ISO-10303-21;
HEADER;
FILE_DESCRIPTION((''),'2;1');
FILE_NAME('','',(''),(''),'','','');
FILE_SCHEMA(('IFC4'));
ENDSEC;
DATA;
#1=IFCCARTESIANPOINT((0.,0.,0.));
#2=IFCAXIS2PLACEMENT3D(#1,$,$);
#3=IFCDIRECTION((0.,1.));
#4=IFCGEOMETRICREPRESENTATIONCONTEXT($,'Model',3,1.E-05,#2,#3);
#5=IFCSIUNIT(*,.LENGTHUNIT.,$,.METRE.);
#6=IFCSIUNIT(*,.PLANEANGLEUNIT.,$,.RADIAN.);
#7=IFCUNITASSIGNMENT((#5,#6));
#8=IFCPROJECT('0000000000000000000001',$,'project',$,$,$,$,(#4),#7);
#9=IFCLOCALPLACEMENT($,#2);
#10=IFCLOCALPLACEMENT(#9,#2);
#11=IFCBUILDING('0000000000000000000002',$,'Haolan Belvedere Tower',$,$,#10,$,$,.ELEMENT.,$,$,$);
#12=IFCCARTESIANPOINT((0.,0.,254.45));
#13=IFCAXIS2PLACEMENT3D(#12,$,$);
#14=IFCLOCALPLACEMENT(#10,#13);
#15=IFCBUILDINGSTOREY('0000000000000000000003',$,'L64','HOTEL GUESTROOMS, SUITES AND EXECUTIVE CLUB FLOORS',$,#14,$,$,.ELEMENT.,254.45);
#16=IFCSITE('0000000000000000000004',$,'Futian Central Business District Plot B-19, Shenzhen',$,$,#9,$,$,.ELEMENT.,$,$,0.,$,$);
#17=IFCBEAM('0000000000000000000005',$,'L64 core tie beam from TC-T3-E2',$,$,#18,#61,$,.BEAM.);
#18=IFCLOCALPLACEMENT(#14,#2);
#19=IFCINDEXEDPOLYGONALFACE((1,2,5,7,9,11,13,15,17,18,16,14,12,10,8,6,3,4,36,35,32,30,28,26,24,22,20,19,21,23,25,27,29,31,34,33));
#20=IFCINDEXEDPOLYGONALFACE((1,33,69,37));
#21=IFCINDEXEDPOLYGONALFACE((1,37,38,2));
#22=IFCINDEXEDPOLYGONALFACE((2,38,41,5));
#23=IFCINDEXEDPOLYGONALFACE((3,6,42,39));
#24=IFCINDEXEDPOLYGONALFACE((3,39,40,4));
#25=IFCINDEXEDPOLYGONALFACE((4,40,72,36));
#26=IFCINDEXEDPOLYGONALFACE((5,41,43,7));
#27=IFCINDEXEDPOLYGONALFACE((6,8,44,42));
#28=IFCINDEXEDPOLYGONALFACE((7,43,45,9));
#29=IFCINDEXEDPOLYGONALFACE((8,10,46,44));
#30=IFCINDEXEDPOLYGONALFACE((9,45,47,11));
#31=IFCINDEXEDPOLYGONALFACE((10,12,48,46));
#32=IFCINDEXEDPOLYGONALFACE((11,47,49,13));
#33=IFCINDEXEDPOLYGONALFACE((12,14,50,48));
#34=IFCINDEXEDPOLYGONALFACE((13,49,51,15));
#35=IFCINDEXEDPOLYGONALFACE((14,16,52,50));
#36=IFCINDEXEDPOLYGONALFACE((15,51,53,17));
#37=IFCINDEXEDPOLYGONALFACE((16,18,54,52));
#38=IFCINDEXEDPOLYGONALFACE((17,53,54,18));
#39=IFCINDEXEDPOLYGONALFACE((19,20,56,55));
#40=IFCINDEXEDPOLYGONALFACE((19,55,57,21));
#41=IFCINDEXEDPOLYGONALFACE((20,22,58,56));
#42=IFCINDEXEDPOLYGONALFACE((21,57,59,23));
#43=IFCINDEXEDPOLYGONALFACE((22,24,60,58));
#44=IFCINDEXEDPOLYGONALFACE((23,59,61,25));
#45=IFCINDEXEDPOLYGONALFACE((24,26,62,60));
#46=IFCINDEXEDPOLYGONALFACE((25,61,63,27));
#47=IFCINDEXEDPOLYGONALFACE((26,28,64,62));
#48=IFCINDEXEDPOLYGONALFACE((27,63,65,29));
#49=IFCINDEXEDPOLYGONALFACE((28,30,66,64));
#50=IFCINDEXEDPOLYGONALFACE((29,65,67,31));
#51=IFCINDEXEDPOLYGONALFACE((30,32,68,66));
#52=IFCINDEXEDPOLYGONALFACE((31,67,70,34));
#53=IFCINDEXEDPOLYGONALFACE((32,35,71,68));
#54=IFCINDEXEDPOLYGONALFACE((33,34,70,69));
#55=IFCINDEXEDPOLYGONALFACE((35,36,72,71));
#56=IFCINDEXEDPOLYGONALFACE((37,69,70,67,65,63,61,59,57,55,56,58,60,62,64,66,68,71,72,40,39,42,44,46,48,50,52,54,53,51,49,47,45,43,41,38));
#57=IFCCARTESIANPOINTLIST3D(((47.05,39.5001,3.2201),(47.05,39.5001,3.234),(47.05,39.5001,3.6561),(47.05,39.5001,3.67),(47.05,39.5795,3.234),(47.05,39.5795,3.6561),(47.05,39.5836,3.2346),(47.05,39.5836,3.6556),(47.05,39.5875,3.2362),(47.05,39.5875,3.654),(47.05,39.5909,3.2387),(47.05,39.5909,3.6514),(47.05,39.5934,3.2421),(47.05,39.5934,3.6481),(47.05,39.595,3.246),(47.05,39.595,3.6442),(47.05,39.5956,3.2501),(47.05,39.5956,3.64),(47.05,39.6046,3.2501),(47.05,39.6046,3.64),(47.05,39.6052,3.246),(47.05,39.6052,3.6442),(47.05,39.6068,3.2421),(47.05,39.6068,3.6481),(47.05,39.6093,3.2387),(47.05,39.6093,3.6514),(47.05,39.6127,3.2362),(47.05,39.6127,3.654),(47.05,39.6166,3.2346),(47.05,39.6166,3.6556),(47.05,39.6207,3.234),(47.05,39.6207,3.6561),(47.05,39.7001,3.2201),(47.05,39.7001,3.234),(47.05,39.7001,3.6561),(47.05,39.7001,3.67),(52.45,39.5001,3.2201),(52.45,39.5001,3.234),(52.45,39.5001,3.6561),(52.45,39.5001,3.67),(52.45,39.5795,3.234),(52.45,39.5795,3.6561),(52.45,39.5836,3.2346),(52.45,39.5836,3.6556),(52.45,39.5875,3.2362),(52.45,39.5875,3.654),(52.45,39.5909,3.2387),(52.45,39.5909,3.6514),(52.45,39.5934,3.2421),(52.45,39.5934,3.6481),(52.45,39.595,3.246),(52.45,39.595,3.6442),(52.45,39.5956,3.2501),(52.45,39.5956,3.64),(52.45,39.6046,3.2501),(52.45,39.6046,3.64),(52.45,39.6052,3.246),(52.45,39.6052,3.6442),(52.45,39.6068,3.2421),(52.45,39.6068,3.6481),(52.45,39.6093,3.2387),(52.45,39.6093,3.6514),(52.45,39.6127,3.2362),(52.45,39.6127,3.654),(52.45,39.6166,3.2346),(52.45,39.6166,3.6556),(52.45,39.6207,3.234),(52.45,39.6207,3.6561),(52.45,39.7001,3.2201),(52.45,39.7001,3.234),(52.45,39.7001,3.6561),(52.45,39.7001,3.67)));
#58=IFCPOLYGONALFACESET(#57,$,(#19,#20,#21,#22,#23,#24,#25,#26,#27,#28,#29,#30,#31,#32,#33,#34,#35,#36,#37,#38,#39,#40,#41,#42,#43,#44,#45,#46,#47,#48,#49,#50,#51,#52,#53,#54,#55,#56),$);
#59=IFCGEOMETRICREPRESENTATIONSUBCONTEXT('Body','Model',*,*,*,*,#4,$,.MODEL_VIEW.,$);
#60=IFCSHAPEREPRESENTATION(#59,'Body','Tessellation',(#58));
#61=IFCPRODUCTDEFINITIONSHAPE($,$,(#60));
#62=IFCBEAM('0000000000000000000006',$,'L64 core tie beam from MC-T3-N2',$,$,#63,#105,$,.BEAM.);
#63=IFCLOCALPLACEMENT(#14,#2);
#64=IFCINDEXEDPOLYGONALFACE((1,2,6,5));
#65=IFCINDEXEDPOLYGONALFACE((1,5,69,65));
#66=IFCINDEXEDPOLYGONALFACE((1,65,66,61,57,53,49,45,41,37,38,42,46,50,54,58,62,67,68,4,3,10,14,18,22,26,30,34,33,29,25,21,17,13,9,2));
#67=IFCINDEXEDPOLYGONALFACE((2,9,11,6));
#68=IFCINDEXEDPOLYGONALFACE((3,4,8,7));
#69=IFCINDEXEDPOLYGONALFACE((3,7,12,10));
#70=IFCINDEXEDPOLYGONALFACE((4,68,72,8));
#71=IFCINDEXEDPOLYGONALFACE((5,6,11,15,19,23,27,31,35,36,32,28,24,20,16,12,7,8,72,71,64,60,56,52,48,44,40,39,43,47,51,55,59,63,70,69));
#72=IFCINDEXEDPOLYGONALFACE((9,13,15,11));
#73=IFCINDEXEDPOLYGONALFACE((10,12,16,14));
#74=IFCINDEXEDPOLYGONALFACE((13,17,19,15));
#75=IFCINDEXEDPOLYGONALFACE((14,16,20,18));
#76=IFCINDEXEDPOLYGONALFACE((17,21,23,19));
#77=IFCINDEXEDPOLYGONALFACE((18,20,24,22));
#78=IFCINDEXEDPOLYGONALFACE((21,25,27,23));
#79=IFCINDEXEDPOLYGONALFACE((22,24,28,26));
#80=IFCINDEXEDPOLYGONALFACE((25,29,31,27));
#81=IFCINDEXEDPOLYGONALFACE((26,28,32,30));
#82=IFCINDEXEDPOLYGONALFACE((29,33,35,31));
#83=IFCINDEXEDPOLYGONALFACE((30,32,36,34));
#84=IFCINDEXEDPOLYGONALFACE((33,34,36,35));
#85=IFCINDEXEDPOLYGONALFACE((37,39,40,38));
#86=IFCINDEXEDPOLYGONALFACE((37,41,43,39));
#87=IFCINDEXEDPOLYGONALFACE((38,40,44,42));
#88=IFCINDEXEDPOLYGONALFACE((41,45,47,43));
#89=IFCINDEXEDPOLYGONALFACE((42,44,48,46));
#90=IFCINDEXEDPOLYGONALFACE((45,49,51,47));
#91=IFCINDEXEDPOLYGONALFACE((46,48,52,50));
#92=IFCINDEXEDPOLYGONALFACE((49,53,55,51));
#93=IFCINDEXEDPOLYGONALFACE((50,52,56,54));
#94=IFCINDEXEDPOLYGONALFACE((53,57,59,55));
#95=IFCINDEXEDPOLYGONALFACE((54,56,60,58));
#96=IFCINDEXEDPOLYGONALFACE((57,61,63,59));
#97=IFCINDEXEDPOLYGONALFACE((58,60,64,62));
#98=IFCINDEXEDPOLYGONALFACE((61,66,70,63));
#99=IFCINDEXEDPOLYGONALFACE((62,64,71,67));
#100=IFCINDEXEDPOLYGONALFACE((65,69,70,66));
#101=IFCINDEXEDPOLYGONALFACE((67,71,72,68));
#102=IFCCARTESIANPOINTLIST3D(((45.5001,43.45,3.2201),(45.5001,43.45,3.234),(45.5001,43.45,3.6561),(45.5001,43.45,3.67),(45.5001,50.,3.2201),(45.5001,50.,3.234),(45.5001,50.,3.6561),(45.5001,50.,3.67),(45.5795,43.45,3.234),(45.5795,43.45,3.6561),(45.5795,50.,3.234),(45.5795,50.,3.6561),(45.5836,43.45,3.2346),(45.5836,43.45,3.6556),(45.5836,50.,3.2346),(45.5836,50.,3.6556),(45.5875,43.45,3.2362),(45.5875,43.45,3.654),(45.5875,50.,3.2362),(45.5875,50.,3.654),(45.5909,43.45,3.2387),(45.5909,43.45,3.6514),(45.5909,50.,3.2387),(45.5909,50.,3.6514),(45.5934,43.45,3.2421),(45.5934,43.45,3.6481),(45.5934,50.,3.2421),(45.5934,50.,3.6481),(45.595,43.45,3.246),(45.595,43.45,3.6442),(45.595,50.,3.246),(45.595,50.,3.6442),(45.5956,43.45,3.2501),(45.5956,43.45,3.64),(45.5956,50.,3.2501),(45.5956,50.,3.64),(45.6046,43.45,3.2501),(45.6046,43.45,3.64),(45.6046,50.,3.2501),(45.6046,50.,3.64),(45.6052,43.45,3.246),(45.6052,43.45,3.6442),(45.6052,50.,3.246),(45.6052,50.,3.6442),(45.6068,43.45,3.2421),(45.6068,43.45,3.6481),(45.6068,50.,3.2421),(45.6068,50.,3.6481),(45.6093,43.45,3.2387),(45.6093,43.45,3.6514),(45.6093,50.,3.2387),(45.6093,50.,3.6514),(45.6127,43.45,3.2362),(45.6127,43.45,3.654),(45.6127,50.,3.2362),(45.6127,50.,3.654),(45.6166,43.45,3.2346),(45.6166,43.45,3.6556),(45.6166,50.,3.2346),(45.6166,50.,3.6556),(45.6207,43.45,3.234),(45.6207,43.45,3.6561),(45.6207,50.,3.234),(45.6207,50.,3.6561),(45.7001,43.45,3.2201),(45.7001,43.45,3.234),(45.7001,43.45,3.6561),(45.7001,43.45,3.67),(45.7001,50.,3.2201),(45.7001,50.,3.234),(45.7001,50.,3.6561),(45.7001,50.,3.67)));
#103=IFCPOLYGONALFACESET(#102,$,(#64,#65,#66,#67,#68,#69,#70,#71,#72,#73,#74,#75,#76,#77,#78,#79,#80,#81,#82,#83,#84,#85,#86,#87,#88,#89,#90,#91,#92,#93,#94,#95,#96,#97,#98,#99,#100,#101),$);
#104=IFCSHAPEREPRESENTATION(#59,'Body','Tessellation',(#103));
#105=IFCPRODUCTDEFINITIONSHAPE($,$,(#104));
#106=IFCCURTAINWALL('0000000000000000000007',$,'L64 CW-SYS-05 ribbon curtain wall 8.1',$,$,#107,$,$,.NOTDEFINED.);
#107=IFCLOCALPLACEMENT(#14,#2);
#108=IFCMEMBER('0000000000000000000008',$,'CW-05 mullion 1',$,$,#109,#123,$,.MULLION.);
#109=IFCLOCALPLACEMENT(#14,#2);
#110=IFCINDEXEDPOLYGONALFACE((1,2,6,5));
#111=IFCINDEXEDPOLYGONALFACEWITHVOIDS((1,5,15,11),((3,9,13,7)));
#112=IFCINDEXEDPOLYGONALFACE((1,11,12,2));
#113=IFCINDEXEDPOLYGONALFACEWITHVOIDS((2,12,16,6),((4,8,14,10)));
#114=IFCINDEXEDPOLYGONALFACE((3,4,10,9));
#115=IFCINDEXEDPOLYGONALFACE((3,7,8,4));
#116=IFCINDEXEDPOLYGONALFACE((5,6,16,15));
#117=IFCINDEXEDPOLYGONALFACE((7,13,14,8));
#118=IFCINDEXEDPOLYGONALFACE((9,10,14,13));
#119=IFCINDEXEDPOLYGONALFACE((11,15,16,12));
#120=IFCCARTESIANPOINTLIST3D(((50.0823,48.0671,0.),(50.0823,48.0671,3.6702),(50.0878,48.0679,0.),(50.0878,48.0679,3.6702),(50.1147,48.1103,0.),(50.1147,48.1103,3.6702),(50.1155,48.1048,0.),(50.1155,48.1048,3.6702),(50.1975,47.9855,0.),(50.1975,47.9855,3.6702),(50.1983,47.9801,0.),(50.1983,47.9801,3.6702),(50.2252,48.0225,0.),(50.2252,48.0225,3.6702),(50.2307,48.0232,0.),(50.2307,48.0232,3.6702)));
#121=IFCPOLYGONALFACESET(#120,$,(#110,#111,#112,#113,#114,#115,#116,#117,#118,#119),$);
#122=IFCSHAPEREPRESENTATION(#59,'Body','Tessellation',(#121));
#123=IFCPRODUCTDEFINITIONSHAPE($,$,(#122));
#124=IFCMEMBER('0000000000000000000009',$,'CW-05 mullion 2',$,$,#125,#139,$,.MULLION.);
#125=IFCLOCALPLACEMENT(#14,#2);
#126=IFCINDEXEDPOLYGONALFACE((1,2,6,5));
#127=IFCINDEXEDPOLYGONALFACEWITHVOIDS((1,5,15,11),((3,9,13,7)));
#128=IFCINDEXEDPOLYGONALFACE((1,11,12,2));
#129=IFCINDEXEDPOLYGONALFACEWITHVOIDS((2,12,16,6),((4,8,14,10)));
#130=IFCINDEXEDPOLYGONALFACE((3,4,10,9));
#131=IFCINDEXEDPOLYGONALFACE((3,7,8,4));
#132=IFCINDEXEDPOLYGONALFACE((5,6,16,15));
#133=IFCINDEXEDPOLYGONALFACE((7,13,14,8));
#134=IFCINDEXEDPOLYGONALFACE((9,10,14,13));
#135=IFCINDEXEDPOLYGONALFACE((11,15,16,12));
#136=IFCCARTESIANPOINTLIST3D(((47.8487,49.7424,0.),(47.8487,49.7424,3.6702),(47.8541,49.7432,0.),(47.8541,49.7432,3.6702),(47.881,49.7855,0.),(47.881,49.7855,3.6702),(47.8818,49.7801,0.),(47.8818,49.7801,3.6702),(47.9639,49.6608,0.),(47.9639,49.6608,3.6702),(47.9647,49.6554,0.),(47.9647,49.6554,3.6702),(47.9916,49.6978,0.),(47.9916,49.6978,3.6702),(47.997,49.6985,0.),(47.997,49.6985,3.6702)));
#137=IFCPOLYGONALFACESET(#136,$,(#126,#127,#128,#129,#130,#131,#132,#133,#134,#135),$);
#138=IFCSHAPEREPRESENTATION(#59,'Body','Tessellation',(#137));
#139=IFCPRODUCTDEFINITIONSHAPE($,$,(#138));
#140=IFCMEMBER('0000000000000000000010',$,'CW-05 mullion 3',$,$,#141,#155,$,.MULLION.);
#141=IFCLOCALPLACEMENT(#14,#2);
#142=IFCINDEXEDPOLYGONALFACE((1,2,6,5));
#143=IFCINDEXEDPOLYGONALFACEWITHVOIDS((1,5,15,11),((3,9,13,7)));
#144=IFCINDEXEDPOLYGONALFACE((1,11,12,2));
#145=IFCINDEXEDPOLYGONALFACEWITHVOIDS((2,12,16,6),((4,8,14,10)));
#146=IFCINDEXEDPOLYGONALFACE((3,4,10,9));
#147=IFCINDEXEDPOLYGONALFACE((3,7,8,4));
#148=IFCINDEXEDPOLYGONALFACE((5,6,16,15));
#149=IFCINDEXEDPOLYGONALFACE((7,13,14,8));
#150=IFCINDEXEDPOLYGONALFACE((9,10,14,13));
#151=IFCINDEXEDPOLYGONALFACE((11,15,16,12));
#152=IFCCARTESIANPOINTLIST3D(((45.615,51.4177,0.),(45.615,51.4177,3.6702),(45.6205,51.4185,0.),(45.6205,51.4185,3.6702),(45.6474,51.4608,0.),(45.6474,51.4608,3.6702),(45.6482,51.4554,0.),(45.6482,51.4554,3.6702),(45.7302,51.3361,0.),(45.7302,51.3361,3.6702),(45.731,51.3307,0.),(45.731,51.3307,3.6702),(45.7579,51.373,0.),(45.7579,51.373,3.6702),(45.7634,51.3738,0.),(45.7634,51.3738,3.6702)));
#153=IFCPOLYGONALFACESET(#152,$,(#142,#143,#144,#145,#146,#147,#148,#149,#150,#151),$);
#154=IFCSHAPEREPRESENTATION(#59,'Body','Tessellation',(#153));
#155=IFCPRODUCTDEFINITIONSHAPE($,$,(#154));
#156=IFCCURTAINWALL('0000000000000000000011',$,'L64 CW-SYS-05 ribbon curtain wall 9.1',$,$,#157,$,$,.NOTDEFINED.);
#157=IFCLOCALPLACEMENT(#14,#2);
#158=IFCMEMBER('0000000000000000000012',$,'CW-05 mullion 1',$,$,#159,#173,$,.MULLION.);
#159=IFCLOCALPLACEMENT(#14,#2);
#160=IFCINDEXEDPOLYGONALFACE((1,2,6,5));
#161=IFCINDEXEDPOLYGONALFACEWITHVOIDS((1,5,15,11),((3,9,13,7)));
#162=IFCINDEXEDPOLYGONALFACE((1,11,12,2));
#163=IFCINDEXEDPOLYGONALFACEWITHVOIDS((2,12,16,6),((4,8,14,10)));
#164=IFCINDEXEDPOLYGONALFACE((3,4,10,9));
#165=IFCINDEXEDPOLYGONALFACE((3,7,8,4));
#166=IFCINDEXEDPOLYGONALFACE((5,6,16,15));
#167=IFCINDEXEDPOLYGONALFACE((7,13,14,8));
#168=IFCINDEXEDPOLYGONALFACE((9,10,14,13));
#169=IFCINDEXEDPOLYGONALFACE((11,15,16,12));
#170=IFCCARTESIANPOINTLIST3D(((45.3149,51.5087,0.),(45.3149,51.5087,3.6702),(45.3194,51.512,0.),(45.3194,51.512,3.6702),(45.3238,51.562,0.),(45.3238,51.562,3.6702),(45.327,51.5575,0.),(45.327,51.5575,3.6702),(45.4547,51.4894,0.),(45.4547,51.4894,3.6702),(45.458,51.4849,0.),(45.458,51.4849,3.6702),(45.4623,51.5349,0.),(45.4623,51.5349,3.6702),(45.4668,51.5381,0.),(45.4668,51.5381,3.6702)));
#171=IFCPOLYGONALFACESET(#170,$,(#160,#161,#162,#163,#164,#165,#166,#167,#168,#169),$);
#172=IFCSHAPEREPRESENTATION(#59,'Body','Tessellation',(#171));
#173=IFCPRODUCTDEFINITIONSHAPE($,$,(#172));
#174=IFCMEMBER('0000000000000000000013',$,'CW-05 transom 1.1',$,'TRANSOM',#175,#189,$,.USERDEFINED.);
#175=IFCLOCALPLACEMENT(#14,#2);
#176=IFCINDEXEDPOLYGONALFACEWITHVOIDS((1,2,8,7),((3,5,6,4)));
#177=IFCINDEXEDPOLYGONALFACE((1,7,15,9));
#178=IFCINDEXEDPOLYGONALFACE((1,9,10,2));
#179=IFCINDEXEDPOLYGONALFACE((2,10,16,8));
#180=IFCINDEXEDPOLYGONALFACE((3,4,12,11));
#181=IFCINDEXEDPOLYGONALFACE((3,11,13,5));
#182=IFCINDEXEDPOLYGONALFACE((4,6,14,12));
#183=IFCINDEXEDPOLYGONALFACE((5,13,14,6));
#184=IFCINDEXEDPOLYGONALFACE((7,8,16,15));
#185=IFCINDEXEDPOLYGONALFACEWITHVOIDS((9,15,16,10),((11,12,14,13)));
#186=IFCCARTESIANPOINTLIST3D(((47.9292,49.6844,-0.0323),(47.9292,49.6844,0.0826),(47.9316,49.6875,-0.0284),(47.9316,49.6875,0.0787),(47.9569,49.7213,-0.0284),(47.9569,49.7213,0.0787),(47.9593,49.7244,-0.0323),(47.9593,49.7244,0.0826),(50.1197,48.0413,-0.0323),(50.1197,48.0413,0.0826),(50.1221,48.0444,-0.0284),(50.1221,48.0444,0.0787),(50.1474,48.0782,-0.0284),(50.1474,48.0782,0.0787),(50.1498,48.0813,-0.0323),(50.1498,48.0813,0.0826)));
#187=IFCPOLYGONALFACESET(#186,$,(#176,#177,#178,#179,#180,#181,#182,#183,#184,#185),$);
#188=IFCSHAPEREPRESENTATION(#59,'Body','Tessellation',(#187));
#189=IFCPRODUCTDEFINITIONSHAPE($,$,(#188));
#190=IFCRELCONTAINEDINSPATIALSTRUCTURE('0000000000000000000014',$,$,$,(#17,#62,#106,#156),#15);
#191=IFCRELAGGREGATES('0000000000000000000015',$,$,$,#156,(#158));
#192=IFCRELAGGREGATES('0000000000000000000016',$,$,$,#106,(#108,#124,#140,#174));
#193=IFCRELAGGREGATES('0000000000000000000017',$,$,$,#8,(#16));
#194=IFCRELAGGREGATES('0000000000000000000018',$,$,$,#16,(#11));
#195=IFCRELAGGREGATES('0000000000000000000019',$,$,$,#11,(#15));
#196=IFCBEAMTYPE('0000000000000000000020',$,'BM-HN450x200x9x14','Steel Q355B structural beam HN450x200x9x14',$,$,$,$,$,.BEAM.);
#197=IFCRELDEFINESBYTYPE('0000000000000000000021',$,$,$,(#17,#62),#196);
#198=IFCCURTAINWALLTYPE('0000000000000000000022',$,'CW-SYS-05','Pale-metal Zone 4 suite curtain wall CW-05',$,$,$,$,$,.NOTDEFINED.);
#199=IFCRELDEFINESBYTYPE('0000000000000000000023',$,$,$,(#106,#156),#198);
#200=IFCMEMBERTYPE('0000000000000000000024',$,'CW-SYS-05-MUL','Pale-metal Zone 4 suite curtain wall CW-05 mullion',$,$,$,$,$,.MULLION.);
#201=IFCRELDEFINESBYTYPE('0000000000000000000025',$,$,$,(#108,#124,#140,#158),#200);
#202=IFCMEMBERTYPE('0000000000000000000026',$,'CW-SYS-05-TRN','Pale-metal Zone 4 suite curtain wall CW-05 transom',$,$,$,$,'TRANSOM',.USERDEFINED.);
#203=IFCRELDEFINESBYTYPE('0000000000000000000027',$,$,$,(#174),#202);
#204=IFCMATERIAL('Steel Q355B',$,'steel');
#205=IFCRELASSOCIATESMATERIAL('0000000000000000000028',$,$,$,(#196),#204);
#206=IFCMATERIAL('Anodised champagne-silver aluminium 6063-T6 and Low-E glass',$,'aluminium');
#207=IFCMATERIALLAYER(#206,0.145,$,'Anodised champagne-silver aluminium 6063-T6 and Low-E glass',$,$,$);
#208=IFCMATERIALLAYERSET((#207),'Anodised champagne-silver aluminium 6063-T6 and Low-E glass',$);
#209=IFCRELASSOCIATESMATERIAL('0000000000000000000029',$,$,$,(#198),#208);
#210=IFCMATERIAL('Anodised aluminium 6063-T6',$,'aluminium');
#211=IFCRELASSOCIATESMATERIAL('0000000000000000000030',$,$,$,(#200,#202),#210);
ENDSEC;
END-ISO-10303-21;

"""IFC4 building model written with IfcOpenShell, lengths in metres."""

from ifc_helpers import new_model, si_unit, direction, frame, origin, origin_2d, place, context, subcontext, project, spatial, hollow_rectangle, i_section, extrude, material, layer, layer_set, material_profile, profile_set, type_object, element, aggregate, save


model = new_model("IFC4")

# Units and contexts
model_context = context("Model", 3, precision=1e-05, world=origin(), true_north=direction((0.0, 1.0)))
body_context = subcontext(model_context, "Body", "Model", "MODEL_VIEW")
ifc_project = project(units=[si_unit("LENGTHUNIT", "METRE"), si_unit("PLANEANGLEUNIT", "RADIAN")], contexts=[model_context])

# Site, building, storey
site_placement = place(None, origin())
site = spatial("IfcSite", under=ifc_project, at=site_placement, Name="Futian Central Business District Plot B-19, Shenzhen", CompositionType="ELEMENT", RefElevation=0.0)
building_placement = place(site_placement, origin())
building = spatial("IfcBuilding", under=site, at=building_placement, Name="Haolan Belvedere Tower", CompositionType="ELEMENT")
storey_placement = place(building_placement, frame((0.0, 0.0, 254.45)))
storey = spatial("IfcBuildingStorey", under=building, at=storey_placement, Name="L64", Description="HOTEL GUESTROOMS, SUITES AND EXECUTIVE CLUB FLOORS", CompositionType="ELEMENT", Elevation=254.45)

# Beams
ifc_material_1 = material(Name="Steel Q355B", Category="steel")
ifc_material_profile_1 = material_profile(ifc_material_1, i_section(OverallWidth=0.2, OverallDepth=0.45, WebThickness=0.009, FlangeThickness=0.0139, FilletRadius=0.0161, at=origin_2d()), Name="Steel Q355B")
ifc_profile_set_1 = profile_set([ifc_material_profile_1], Name="Steel Q355B")
beam_type_1 = type_object("IfcBeamType", Name="BM-HN450x200x9x14", Description="Steel Q355B structural beam HN450x200x9x14", PredefinedType="BEAM", material=ifc_profile_set_1)
beam_1_placement = place(storey_placement, frame((52.45, 39.6001, 3.4451), z_axis=(-1.0, 0.0, 0.0), x_axis=(0.0, -1.0, 0.0)))
element("IfcBeam", 1, at=beam_1_placement, inside=storey, type_object=beam_type_1, Name="L64 core tie beam from TC-T3-E2", PredefinedType="BEAM", context=body_context, shape_type="SweptSolid", body=[
    extrude(i_section(OverallWidth=0.2, OverallDepth=0.45, WebThickness=0.009, FlangeThickness=0.0139, FilletRadius=0.0161, at=origin_2d()), origin(), (0.0, 0.0, 1.0), 5.3999),
])
beam_2_placement = place(storey_placement, frame((45.6001, 50.0, 3.4451), z_axis=(0.0, -1.0, 0.0), x_axis=(1.0, 0.0, 0.0)))
element("IfcBeam", 2, at=beam_2_placement, inside=storey, type_object=beam_type_1, Name="L64 core tie beam from MC-T3-N2", PredefinedType="BEAM", context=body_context, shape_type="SweptSolid", body=[
    extrude(i_section(OverallWidth=0.2, OverallDepth=0.45, WebThickness=0.009, FlangeThickness=0.0139, FilletRadius=0.0161, at=origin_2d()), origin(), (0.0, 0.0, 1.0), 6.55),
])

# Curtain wall, members
ifc_material_2 = material(Name="Anodised champagne-silver aluminium 6063-T6 and Low-E glass", Category="aluminium")
ifc_layer_1 = layer(ifc_material_2, 0.145, Name="Anodised champagne-silver aluminium 6063-T6 and Low-E glass")
ifc_layer_set_1 = layer_set([ifc_layer_1], Name="Anodised champagne-silver aluminium 6063-T6 and Low-E glass")
curtain_wall_type = type_object("IfcCurtainWallType", Name="CW-SYS-05", Description="Pale-metal Zone 4 suite curtain wall CW-05", PredefinedType="NOTDEFINED", material=ifc_layer_set_1)
curtain_wall_1_placement = place(storey_placement, origin())
curtain_wall_1 = element("IfcCurtainWall", 3, at=curtain_wall_1_placement, inside=storey, type_object=curtain_wall_type, Name="L64 CW-SYS-05 ribbon curtain wall 8.1", PredefinedType="NOTDEFINED")
ifc_material_3 = material(Name="Anodised aluminium 6063-T6", Category="aluminium")
ifc_material_profile_2 = material_profile(ifc_material_3, hollow_rectangle(XDim=0.054, YDim=0.145, WallThickness=0.0039, at=origin_2d()), Name="Anodised aluminium 6063-T6")
ifc_profile_set_2 = profile_set([ifc_material_profile_2], Name="Anodised aluminium 6063-T6")
member_type_1 = type_object("IfcMemberType", Name="CW-SYS-05-MUL", Description="Pale-metal Zone 4 suite curtain wall CW-05 mullion", PredefinedType="MULLION", material=ifc_profile_set_2)
member_1_placement = place(storey_placement, frame((50.1565, 48.0452, 0.0), z_axis=(0.0, 0.0, 1.0), x_axis=(-0.600003, -0.799998, 0.0)))
member_1 = element("IfcMember", 4, at=member_1_placement, type_object=member_type_1, Name="CW-05 mullion 1", PredefinedType="MULLION", context=body_context, shape_type="SweptSolid", body=[
    extrude(hollow_rectangle(XDim=0.054, YDim=0.145, WallThickness=0.0039, at=origin_2d()), origin(), (0.0, 0.0, 1.0), 3.6702),
])
member_2_placement = place(storey_placement, frame((47.9229, 49.7205, 0.0), z_axis=(0.0, 0.0, 1.0), x_axis=(-0.600003, -0.799998, 0.0)))
member_2 = element("IfcMember", 5, at=member_2_placement, type_object=member_type_1, Name="CW-05 mullion 2", PredefinedType="MULLION", context=body_context, shape_type="SweptSolid", body=[
    extrude(hollow_rectangle(XDim=0.054, YDim=0.145, WallThickness=0.0039, at=origin_2d()), origin(), (0.0, 0.0, 1.0), 3.6702),
])
member_3_placement = place(storey_placement, frame((45.6892, 51.3958, 0.0), z_axis=(0.0, 0.0, 1.0), x_axis=(-0.600003, -0.799998, 0.0)))
member_3 = element("IfcMember", 6, at=member_3_placement, type_object=member_type_1, Name="CW-05 mullion 3", PredefinedType="MULLION", context=body_context, shape_type="SweptSolid", body=[
    extrude(hollow_rectangle(XDim=0.054, YDim=0.145, WallThickness=0.0039, at=origin_2d()), origin(), (0.0, 0.0, 1.0), 3.6702),
])

# Curtain wall, member
curtain_wall_2_placement = place(storey_placement, origin())
curtain_wall_2 = element("IfcCurtainWall", 7, at=curtain_wall_2_placement, inside=storey, type_object=curtain_wall_type, Name="L64 CW-SYS-05 ribbon curtain wall 9.1", PredefinedType="NOTDEFINED")
member_4_placement = place(storey_placement, frame((45.3909, 51.5234, 0.0), z_axis=(0.0, 0.0, 1.0), x_axis=(-0.164406, -0.986393, 0.0)))
member_4 = element("IfcMember", 8, at=member_4_placement, type_object=member_type_1, Name="CW-05 mullion 1", PredefinedType="MULLION", context=body_context, shape_type="SweptSolid", body=[
    extrude(hollow_rectangle(XDim=0.054, YDim=0.145, WallThickness=0.0039, at=origin_2d()), origin(), (0.0, 0.0, 1.0), 3.6702),
])

# Member
ifc_material_profile_3 = material_profile(ifc_material_3, hollow_rectangle(XDim=0.05, YDim=0.115, WallThickness=0.0039, at=origin_2d()), Name="Anodised aluminium 6063-T6")
ifc_profile_set_3 = profile_set([ifc_material_profile_3], Name="Anodised aluminium 6063-T6")
member_type_2 = type_object("IfcMemberType", Name="CW-SYS-05-TRN", Description="Pale-metal Zone 4 suite curtain wall CW-05 transom", ElementType="TRANSOM", PredefinedType="USERDEFINED", material=ifc_profile_set_3)
member_5_placement = place(storey_placement, frame((50.1348, 48.0613, 0.0251), z_axis=(-0.799957, 0.600057, 0.0), x_axis=(-0.600057, -0.799957, 0.0)))
member_5 = element("IfcMember", 9, at=member_5_placement, type_object=member_type_2, Name="CW-05 transom 1.1", ObjectType="TRANSOM", PredefinedType="USERDEFINED", context=body_context, shape_type="SweptSolid", body=[
    extrude(hollow_rectangle(XDim=0.05, YDim=0.115, WallThickness=0.0039, at=origin_2d()), origin(), (0.0, 0.0, 1.0), 2.7383),
])
aggregate(curtain_wall_2, [member_4])

aggregate(curtain_wall_1, [member_1, member_2, member_3, member_5])

save(model, "model.ifc")
